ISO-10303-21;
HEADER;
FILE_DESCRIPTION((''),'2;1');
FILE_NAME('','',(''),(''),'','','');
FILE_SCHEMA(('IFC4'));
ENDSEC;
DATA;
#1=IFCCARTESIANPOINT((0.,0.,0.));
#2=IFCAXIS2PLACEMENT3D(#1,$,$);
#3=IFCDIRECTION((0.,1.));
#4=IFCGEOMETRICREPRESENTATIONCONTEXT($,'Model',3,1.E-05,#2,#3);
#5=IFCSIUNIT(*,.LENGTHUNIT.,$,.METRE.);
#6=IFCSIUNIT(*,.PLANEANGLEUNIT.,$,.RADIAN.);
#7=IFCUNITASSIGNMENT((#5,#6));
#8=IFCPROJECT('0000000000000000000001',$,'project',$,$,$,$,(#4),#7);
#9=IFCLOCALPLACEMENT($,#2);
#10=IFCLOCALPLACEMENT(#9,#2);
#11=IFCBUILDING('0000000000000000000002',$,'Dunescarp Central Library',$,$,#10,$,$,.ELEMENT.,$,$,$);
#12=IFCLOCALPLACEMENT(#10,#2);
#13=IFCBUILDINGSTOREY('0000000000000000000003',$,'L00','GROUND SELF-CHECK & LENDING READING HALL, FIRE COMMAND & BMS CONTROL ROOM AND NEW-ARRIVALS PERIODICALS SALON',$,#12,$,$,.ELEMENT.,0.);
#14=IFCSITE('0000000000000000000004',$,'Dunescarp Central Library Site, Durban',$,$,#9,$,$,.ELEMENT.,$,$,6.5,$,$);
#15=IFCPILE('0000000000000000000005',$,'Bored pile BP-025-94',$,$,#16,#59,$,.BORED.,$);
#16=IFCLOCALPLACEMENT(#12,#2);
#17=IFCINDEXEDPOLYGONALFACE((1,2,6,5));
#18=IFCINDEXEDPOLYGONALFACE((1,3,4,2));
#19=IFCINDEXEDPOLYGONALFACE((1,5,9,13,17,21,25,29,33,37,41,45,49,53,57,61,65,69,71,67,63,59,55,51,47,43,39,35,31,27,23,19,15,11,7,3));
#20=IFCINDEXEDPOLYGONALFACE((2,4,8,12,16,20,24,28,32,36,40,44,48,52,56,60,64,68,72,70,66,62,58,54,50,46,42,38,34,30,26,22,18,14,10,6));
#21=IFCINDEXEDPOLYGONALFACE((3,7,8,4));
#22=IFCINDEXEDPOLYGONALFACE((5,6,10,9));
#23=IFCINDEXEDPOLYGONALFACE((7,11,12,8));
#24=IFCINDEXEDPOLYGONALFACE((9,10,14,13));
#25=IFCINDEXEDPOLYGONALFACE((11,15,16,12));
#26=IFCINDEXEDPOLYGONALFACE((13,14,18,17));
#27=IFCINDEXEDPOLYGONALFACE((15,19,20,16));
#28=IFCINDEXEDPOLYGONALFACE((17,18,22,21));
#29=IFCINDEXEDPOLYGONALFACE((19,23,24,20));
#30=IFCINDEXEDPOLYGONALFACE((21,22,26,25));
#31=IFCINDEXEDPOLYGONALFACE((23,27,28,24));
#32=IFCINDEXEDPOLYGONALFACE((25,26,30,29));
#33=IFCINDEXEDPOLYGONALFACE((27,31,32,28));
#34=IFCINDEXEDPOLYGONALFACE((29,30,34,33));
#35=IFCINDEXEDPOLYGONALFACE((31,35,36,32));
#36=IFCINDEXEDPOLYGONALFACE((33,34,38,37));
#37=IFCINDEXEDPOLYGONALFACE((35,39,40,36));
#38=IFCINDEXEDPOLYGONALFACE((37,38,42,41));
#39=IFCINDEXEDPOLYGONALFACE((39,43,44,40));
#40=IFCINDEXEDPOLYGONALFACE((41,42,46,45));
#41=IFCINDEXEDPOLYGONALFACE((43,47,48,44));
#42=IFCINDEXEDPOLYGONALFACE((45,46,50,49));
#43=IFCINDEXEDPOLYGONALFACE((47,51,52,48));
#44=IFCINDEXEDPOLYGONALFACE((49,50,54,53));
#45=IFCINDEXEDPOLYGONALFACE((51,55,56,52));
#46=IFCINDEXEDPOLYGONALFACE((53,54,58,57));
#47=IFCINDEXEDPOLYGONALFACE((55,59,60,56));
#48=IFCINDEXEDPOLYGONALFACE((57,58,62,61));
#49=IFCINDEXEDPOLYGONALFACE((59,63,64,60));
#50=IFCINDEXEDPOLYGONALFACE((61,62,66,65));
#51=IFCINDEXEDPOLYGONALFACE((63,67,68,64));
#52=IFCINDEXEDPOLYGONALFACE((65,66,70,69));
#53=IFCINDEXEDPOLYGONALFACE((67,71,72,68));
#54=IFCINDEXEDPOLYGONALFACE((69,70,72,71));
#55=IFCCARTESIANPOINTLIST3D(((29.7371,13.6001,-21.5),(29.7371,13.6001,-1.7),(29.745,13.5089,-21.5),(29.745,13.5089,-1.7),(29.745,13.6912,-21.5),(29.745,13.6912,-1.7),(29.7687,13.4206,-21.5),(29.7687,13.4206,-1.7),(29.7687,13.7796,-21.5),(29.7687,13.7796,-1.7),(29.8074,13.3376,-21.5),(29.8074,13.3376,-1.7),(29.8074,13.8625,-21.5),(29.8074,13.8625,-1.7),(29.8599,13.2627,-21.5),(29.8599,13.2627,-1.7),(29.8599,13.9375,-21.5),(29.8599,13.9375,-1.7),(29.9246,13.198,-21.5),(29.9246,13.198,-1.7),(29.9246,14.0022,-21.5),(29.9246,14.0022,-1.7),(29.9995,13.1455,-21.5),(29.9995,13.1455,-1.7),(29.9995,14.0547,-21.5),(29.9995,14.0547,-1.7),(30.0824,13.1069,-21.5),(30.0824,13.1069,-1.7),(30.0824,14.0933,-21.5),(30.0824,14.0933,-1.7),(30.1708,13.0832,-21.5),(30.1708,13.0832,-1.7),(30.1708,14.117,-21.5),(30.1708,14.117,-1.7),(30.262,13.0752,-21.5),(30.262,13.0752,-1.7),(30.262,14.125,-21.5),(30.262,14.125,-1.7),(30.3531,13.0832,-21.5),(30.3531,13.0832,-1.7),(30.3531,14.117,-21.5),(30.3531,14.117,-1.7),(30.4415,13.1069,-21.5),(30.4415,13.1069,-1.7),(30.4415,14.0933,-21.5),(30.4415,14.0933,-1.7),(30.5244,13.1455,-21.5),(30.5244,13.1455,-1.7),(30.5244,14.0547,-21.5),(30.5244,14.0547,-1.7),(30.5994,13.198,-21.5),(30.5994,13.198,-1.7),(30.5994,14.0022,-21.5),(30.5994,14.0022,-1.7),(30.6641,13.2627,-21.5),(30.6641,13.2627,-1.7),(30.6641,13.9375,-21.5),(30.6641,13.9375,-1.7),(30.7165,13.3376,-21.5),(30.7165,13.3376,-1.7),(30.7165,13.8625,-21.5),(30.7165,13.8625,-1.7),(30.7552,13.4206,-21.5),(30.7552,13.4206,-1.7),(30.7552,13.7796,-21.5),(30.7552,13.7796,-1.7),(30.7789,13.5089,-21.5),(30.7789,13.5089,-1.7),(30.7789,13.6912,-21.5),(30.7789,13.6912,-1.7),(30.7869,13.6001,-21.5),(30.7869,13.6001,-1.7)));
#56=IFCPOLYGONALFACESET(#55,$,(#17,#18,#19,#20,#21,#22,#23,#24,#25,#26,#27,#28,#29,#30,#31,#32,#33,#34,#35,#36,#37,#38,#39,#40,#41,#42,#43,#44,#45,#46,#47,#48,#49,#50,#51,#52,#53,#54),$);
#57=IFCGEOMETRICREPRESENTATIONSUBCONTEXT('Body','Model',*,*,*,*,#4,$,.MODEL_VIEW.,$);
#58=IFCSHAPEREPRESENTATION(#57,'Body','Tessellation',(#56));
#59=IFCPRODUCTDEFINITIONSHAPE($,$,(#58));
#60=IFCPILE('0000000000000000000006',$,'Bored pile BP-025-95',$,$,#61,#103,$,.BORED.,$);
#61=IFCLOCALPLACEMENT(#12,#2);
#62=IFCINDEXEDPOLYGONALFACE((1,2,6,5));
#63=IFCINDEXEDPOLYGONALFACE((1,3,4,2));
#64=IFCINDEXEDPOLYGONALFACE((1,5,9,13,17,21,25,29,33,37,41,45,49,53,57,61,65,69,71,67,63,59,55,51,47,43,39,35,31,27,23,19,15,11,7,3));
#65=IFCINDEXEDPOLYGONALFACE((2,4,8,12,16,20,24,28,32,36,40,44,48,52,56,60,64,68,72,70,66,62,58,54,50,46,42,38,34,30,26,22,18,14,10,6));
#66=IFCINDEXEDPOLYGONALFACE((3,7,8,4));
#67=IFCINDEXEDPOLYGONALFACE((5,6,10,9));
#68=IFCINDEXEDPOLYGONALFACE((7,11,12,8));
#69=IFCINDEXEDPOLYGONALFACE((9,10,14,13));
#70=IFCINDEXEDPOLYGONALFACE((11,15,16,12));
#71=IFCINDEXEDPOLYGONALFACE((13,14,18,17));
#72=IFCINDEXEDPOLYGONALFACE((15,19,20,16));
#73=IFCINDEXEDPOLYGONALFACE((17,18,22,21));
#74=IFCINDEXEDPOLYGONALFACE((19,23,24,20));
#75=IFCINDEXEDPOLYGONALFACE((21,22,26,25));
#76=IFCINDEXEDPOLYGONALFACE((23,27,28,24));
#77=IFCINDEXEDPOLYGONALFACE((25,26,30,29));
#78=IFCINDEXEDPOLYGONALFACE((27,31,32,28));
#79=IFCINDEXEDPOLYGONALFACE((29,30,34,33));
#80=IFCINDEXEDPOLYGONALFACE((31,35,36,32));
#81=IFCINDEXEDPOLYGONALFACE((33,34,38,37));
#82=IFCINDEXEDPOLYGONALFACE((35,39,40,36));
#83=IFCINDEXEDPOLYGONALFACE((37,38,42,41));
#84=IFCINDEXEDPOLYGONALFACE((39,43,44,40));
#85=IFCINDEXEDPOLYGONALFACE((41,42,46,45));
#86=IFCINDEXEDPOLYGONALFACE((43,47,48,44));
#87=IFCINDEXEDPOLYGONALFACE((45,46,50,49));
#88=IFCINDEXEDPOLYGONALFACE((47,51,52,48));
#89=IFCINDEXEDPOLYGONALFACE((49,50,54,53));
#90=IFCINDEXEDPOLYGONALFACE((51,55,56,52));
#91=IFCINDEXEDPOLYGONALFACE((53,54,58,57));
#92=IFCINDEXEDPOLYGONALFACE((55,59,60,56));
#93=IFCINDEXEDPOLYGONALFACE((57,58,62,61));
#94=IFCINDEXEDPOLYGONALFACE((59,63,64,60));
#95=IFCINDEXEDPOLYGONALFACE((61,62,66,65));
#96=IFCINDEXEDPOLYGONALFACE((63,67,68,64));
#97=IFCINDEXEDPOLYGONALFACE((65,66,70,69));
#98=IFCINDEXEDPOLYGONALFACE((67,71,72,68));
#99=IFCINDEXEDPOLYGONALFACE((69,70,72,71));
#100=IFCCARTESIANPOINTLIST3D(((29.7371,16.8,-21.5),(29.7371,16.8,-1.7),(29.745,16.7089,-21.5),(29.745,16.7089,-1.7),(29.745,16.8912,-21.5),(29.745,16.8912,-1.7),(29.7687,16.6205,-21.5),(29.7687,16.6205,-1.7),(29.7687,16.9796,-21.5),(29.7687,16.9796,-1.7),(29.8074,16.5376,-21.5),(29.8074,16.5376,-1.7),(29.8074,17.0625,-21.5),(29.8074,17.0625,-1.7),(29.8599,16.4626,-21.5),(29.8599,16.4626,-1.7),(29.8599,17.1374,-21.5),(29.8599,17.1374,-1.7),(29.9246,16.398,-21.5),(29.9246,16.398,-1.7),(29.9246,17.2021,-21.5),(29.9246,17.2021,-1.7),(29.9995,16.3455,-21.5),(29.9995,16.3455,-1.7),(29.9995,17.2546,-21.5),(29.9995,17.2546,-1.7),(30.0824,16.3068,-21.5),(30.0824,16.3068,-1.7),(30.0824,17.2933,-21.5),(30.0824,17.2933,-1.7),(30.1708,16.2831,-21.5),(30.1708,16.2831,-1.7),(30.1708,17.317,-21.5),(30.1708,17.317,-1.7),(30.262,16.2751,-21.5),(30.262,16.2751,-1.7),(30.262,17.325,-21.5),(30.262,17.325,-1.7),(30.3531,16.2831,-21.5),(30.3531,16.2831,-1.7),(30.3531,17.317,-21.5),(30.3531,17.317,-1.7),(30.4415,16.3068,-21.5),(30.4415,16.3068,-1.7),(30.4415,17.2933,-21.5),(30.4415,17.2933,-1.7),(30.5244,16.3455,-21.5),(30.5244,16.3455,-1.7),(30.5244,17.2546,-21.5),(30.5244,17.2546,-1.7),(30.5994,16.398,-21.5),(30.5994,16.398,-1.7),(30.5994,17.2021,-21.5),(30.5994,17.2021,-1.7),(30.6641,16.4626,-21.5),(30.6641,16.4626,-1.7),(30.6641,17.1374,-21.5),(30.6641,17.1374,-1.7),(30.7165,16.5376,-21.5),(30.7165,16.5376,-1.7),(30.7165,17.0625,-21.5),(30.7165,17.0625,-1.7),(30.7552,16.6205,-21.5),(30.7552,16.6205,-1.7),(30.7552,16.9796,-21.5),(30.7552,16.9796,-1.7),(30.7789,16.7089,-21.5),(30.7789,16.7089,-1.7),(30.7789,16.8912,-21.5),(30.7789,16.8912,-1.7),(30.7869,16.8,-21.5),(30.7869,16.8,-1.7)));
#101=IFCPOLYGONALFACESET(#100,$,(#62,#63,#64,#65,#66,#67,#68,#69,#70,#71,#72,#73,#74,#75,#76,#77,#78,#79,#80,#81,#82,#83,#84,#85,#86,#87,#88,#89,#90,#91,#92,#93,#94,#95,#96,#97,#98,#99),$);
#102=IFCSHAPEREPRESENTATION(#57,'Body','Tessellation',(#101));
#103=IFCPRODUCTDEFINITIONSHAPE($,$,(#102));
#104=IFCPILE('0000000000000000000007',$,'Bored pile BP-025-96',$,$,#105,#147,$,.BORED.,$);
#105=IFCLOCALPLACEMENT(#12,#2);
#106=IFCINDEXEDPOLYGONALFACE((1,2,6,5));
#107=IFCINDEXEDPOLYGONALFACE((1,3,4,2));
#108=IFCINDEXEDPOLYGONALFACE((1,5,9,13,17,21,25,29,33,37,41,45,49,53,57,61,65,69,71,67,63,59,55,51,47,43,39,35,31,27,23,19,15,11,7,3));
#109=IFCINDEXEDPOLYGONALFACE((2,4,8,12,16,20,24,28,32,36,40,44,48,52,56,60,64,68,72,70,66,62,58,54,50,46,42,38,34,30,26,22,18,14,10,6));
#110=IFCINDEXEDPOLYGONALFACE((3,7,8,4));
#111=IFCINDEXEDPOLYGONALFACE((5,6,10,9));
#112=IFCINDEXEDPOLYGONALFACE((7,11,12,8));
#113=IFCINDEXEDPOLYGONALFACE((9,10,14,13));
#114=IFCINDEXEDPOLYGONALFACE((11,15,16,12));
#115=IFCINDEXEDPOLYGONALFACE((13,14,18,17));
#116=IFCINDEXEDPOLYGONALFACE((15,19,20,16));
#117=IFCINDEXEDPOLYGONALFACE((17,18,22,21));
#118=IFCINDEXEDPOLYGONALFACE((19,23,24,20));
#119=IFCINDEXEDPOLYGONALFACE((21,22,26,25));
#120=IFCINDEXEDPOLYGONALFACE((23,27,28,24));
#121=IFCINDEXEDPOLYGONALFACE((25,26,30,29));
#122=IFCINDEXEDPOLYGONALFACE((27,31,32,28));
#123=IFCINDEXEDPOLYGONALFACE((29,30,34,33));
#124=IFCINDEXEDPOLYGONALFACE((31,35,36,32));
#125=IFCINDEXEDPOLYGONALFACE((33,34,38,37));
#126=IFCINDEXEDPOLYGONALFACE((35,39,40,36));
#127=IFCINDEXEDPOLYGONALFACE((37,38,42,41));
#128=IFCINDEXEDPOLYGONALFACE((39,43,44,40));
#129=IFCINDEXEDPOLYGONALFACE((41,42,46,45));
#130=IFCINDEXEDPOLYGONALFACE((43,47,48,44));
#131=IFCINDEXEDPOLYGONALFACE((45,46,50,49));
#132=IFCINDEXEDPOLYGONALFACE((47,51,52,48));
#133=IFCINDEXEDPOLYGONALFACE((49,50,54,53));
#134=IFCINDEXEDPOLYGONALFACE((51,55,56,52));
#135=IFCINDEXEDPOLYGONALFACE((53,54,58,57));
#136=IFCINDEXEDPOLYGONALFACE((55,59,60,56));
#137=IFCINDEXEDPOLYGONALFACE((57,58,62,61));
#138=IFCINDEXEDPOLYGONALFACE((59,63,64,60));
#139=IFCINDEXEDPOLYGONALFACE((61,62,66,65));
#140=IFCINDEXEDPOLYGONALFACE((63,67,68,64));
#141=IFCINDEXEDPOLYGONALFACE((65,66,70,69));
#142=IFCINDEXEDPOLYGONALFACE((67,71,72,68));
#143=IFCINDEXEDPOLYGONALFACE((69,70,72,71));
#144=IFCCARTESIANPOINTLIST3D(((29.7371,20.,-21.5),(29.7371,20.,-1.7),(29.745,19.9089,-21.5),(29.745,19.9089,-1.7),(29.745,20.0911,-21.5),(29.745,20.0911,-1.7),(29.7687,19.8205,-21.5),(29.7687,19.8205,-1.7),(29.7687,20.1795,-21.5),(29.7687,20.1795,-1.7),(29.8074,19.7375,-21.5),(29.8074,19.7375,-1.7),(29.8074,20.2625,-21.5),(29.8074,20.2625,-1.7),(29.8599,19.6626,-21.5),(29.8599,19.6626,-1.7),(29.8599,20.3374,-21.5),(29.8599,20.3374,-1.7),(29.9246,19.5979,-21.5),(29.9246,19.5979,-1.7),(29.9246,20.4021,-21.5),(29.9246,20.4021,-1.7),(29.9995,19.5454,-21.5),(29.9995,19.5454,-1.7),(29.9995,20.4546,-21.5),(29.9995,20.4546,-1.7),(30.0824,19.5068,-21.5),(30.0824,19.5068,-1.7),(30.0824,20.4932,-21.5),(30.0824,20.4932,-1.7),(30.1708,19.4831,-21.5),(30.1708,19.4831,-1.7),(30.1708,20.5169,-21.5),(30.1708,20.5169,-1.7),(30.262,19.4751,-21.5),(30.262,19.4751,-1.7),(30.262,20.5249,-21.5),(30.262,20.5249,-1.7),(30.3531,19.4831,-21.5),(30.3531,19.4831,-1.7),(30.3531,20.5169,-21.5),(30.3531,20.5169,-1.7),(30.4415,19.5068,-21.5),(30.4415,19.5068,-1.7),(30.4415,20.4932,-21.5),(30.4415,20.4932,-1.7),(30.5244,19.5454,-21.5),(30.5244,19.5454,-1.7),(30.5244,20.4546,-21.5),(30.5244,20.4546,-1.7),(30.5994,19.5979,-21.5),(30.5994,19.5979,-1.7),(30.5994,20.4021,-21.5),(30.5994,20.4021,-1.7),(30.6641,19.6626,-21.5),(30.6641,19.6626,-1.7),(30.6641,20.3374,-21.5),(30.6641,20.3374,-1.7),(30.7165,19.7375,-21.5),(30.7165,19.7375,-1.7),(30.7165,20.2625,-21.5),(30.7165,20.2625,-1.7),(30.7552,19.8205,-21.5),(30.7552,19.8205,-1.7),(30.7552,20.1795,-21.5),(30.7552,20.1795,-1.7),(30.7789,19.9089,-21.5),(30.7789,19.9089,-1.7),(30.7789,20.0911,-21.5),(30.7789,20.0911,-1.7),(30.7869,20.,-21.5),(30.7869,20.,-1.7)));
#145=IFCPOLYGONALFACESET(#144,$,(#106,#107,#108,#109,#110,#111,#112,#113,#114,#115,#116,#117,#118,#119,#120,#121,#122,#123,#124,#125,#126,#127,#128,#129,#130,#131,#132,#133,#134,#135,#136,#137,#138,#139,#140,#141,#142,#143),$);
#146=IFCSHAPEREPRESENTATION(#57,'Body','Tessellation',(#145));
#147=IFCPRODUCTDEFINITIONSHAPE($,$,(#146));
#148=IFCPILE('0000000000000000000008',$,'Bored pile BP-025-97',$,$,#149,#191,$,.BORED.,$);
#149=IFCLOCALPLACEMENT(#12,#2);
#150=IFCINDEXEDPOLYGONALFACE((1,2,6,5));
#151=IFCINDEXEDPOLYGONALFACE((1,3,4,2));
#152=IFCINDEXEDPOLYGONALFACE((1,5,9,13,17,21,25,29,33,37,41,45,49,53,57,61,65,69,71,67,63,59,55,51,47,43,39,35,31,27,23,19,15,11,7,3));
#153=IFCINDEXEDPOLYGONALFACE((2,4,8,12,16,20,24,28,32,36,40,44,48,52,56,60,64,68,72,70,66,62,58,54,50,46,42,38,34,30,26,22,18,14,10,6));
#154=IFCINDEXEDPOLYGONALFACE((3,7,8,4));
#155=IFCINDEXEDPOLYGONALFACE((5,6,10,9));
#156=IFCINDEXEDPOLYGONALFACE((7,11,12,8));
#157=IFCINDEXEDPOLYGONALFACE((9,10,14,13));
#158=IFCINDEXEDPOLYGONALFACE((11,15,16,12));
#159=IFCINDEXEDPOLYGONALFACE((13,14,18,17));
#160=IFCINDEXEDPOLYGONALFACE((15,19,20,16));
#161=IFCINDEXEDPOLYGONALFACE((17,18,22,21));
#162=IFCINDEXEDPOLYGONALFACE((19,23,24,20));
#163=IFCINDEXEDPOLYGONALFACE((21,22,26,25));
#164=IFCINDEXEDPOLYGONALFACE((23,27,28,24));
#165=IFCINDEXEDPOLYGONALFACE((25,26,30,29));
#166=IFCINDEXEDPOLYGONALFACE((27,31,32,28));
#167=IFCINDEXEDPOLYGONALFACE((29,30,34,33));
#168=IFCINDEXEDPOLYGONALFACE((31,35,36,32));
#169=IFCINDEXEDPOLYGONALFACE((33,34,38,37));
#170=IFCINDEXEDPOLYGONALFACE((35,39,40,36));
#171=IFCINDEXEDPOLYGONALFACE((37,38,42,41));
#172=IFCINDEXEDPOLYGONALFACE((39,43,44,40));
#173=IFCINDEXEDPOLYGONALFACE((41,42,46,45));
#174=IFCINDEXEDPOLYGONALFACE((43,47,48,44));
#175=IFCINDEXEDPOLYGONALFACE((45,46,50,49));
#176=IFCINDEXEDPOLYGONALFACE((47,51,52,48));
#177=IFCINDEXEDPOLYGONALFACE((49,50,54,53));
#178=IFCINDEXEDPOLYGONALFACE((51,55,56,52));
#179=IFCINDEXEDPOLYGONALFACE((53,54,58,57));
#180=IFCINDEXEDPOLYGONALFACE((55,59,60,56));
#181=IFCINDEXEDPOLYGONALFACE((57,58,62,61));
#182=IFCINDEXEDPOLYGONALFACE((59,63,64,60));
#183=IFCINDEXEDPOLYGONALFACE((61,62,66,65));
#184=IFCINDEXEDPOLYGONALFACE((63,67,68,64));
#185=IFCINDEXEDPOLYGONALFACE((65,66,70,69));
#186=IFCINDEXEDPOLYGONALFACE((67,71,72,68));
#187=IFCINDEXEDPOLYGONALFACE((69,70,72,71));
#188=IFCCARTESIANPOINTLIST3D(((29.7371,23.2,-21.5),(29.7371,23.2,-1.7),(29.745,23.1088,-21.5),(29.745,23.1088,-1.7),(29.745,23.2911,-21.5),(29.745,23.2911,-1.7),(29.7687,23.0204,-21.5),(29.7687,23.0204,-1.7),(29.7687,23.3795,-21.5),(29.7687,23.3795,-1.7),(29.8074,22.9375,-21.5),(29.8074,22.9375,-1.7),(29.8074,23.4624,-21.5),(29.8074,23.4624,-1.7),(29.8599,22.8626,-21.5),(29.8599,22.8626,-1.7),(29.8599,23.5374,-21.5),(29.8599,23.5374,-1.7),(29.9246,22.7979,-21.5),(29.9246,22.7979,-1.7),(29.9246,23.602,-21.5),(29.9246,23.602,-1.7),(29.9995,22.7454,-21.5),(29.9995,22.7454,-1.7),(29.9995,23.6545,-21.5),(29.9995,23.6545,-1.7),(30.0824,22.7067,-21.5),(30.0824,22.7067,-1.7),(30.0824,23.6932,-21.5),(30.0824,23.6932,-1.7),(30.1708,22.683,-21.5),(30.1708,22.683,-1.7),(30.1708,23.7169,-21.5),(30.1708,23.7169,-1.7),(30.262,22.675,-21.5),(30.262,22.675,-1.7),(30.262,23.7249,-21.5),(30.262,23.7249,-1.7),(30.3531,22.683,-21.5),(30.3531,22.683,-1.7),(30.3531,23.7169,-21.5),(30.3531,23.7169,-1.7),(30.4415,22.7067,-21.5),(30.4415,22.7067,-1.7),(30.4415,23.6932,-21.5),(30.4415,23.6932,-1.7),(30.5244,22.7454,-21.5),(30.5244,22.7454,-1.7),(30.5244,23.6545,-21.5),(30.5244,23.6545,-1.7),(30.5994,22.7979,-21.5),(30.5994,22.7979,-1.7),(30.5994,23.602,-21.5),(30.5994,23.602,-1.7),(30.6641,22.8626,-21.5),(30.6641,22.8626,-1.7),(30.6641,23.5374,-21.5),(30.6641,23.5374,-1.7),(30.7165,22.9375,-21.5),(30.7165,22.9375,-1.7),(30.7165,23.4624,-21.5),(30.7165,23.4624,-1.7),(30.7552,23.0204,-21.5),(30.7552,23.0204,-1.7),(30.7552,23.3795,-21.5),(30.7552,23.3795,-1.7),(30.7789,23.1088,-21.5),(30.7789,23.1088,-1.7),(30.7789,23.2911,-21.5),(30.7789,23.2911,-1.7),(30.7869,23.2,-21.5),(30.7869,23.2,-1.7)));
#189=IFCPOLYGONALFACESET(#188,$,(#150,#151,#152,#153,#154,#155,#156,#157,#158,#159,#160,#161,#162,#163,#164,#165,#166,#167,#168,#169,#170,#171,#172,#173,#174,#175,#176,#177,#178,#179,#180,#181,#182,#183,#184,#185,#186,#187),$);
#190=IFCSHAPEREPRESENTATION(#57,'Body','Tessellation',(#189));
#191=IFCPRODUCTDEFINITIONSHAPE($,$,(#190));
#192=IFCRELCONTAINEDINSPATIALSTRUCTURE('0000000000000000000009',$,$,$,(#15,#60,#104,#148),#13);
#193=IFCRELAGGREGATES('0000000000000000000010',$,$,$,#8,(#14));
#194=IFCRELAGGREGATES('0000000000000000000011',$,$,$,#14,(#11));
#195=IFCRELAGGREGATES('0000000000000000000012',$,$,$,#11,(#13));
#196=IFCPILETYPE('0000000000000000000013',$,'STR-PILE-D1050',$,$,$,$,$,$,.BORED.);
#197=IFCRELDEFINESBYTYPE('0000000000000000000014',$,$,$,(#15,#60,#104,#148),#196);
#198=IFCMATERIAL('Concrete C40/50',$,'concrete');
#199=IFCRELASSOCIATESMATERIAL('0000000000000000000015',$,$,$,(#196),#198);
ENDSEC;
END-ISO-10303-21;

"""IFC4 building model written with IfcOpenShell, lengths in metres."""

from ifc_helpers import new_model, si_unit, direction, frame, origin, origin_2d, place, context, subcontext, project, spatial, circle, extrude, material, material_profile, profile_set, type_object, element, save


model = new_model("IFC4")

# Units and contexts
model_context = context("Model", 3, precision=1e-05, world=origin(), true_north=direction((0.0, 1.0)))
body_context = subcontext(model_context, "Body", "Model", "MODEL_VIEW")
ifc_project = project(units=[si_unit("LENGTHUNIT", "METRE"), si_unit("PLANEANGLEUNIT", "RADIAN")], contexts=[model_context])

# Site, building, storey
site_placement = place(None, origin())
site = spatial("IfcSite", under=ifc_project, at=site_placement, Name="Dunescarp Central Library Site, Durban", CompositionType="ELEMENT", RefElevation=6.5)
building_placement = place(site_placement, origin())
building = spatial("IfcBuilding", under=site, at=building_placement, Name="Dunescarp Central Library", CompositionType="ELEMENT")
storey_placement = place(building_placement, origin())
storey = spatial("IfcBuildingStorey", under=building, at=storey_placement, Name="L00", Description="GROUND SELF-CHECK & LENDING READING HALL, FIRE COMMAND & BMS CONTROL ROOM AND NEW-ARRIVALS PERIODICALS SALON", CompositionType="ELEMENT", Elevation=0.0)

# Shared definitions
ifc_material_1 = material(Name="Concrete C40/50", Category="concrete")

# Piles
ifc_material_profile_1 = material_profile(ifc_material_1, circle(Radius=0.5249, at=origin_2d()), Name="PILE D1050")
ifc_profile_set_1 = profile_set([ifc_material_profile_1], Name="Concrete C40/50")
pile_type = type_object("IfcPileType", Name="STR-PILE-D1050", PredefinedType="BORED", material=ifc_profile_set_1)
for number, where, z_axis, x_axis, name in (
    (1, (30.262, 13.6001, -1.7), (0.0, 0.0, -1.0), (1.0, 0.0, 0.0), "Bored pile BP-025-94"),
    (2, (30.262, 16.8, -1.7), (0.0, 0.0, -1.0), (1.0, 0.0, 0.0), "Bored pile BP-025-95"),
    (3, (30.262, 20.0, -1.7), (0.0, 0.0, -1.0), (1.0, 0.0, 0.0), "Bored pile BP-025-96"),
    (4, (30.262, 23.2, -1.7), (0.0, 0.0, -1.0), (1.0, 0.0, 0.0), "Bored pile BP-025-97"),
):
    element("IfcPile", number, at=place(storey_placement, frame(where, z_axis=z_axis, x_axis=x_axis)), inside=storey, type_object=pile_type, Name=name, PredefinedType="BORED", context=body_context, shape_type="SweptSolid", body=[
        extrude(circle(Radius=0.5249, at=origin_2d()), origin(), (0.0, 0.0, 1.0), 19.8),
    ])

save(model, "model.ifc")
